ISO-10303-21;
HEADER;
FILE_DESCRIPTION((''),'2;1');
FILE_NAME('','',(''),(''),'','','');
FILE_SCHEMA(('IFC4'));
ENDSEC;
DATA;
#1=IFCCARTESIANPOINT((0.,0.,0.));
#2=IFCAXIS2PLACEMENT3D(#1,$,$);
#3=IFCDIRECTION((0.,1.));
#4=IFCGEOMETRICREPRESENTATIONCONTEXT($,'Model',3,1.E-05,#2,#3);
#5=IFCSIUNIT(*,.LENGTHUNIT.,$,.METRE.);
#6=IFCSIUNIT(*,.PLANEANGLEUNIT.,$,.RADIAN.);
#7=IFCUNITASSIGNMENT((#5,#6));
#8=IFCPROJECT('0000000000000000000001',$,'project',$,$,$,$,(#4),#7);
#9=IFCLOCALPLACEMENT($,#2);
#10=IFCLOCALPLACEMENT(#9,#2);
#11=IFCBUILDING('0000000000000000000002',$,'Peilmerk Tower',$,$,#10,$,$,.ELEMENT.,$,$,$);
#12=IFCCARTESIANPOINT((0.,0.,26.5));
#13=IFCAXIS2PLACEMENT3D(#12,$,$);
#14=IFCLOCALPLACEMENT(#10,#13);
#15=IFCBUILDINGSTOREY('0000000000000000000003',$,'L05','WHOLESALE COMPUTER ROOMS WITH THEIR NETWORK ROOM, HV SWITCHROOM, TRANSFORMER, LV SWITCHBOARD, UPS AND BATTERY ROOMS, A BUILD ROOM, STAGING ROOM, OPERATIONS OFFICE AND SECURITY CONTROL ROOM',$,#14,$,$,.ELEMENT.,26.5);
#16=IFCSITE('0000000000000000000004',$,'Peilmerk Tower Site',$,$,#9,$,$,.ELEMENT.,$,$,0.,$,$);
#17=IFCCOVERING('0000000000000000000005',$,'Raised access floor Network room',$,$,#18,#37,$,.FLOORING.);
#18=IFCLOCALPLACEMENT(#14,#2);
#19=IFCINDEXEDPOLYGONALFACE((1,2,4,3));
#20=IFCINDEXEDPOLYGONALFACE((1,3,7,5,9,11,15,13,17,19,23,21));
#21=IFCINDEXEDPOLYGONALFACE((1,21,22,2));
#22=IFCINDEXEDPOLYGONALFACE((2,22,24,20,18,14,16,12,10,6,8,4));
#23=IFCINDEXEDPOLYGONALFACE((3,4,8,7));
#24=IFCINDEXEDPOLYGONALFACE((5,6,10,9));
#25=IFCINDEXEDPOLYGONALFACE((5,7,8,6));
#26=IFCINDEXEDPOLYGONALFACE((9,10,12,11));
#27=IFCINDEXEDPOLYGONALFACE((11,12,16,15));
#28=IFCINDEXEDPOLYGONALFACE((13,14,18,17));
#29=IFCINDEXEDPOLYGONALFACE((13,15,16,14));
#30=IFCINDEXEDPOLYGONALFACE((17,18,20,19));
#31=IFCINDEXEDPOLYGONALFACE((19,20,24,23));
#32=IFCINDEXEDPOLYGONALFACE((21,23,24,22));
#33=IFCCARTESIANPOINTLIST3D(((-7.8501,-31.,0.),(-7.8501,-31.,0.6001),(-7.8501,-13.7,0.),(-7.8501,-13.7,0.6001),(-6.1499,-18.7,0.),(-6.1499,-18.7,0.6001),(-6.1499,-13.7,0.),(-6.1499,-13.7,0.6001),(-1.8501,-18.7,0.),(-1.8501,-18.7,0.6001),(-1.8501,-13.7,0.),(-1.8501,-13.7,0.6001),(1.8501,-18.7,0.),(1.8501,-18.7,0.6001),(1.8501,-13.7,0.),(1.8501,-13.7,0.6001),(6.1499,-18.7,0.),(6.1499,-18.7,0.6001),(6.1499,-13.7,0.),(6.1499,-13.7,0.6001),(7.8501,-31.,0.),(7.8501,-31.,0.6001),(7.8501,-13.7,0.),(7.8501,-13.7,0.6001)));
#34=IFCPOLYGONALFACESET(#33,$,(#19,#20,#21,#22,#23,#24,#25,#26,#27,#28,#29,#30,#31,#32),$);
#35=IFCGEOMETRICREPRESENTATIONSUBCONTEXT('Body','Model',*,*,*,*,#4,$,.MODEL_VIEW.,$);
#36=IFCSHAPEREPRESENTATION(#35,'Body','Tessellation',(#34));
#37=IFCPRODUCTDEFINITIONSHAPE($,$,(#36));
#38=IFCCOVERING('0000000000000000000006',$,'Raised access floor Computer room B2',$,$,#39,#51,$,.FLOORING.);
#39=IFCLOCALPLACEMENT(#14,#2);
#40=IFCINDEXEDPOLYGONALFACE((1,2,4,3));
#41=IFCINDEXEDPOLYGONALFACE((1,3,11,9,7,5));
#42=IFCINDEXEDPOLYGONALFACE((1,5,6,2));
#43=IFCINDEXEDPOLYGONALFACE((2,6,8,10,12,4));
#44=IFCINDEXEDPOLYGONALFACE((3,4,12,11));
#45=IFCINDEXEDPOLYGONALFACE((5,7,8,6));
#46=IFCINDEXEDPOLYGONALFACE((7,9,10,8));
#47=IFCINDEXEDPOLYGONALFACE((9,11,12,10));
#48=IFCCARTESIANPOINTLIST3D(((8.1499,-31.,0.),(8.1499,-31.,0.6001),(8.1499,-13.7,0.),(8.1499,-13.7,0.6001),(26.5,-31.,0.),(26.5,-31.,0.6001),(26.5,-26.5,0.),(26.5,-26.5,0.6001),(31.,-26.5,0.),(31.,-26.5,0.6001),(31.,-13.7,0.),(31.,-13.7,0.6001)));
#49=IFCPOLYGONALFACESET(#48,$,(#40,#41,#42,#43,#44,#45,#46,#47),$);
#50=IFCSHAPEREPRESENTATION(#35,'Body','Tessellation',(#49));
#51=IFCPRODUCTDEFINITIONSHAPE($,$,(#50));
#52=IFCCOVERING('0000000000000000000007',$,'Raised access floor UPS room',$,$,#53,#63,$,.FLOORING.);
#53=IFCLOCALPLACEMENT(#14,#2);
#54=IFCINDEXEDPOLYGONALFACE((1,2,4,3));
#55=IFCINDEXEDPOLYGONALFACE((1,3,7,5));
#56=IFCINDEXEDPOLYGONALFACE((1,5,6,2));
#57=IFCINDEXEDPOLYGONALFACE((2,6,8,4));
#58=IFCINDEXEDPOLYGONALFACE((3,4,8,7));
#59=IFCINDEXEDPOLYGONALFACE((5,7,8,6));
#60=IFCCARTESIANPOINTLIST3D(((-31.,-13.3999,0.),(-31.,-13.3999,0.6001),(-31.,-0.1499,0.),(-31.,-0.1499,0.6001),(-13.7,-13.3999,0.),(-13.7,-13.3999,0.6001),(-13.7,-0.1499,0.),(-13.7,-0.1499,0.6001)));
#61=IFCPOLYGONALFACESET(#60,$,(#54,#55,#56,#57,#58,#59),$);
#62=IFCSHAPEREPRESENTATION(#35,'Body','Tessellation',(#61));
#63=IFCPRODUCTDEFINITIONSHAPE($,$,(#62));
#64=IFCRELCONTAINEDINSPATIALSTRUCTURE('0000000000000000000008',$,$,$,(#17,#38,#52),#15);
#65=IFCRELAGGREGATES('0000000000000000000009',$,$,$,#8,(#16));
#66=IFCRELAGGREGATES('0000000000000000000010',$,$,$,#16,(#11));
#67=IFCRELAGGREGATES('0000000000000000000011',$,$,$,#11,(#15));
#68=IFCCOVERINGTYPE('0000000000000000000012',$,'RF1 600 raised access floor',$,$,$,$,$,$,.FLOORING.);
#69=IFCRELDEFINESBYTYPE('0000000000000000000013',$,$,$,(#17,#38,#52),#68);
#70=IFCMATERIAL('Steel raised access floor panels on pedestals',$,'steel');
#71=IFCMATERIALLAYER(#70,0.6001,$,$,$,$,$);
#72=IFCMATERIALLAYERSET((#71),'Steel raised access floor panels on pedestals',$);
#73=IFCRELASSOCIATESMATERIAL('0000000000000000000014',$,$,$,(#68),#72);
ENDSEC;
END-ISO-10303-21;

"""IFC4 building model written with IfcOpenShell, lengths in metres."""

from ifc_helpers import new_model, si_unit, direction, frame, origin, place, context, subcontext, project, spatial, polyline, outline, extrude, material, layer, layer_set, type_object, element, save


model = new_model("IFC4")

# Units and contexts
model_context = context("Model", 3, precision=1e-05, world=origin(), true_north=direction((0.0, 1.0)))
body_context = subcontext(model_context, "Body", "Model", "MODEL_VIEW")
ifc_project = project(units=[si_unit("LENGTHUNIT", "METRE"), si_unit("PLANEANGLEUNIT", "RADIAN")], contexts=[model_context])

# Site, building, storey
site_placement = place(None, origin())
site = spatial("IfcSite", under=ifc_project, at=site_placement, Name="Peilmerk Tower Site", CompositionType="ELEMENT", RefElevation=0.0)
building_placement = place(site_placement, origin())
building = spatial("IfcBuilding", under=site, at=building_placement, Name="Peilmerk Tower", CompositionType="ELEMENT")
storey_placement = place(building_placement, frame((0.0, 0.0, 26.5)))
storey = spatial("IfcBuildingStorey", under=building, at=storey_placement, Name="L05", Description="WHOLESALE COMPUTER ROOMS WITH THEIR NETWORK ROOM, HV SWITCHROOM, TRANSFORMER, LV SWITCHBOARD, UPS AND BATTERY ROOMS, A BUILD ROOM, STAGING ROOM, OPERATIONS OFFICE AND SECURITY CONTROL ROOM", CompositionType="ELEMENT", Elevation=26.5)

# Coverings
ifc_material_1 = material(Name="Steel raised access floor panels on pedestals", Category="steel")
ifc_layer_1 = layer(ifc_material_1, 0.6001)
ifc_layer_set_1 = layer_set([ifc_layer_1], Name="Steel raised access floor panels on pedestals")
covering_type_1 = type_object("IfcCoveringType", Name="RF1 600 raised access floor", PredefinedType="FLOORING", material=ifc_layer_set_1)
covering_1_placement = place(storey_placement, origin())
element("IfcCovering", 1, at=covering_1_placement, inside=storey, type_object=covering_type_1, Name="Raised access floor Network room", PredefinedType="FLOORING", context=body_context, shape_type="SweptSolid", body=[
    extrude(outline(polyline([(-7.8501, -13.7), (-7.8501, -31.0), (7.8501, -31.0), (7.8501, -13.7), (6.1499, -13.7), (6.1499, -18.7), (1.8501, -18.7), (1.8501, -13.7), (-1.8501, -13.7), (-1.8501, -18.7), (-6.1499, -18.7), (-6.1499, -13.7), (-7.8501, -13.7)])), origin(), (0.0, 0.0, 1.0), 0.6001),
])
covering_2_placement = place(storey_placement, origin())
element("IfcCovering", 2, at=covering_2_placement, inside=storey, type_object=covering_type_1, Name="Raised access floor Computer room B2", PredefinedType="FLOORING", context=body_context, shape_type="SweptSolid", body=[
    extrude(outline(polyline([(8.1499, -31.0), (26.5, -31.0), (26.5, -26.5), (31.0, -26.5), (31.0, -13.7), (8.1499, -13.7), (8.1499, -31.0)])), origin(), (0.0, 0.0, 1.0), 0.6001),
])
covering_3_placement = place(storey_placement, origin())
element("IfcCovering", 3, at=covering_3_placement, inside=storey, type_object=covering_type_1, Name="Raised access floor UPS room", PredefinedType="FLOORING", context=body_context, shape_type="SweptSolid", body=[
    extrude(outline(polyline([(-31.0, -0.1499), (-31.0, -13.3999), (-13.7, -13.3999), (-13.7, -0.1499), (-31.0, -0.1499)])), origin(), (0.0, 0.0, 1.0), 0.6001),
])

save(model, "model.ifc")
